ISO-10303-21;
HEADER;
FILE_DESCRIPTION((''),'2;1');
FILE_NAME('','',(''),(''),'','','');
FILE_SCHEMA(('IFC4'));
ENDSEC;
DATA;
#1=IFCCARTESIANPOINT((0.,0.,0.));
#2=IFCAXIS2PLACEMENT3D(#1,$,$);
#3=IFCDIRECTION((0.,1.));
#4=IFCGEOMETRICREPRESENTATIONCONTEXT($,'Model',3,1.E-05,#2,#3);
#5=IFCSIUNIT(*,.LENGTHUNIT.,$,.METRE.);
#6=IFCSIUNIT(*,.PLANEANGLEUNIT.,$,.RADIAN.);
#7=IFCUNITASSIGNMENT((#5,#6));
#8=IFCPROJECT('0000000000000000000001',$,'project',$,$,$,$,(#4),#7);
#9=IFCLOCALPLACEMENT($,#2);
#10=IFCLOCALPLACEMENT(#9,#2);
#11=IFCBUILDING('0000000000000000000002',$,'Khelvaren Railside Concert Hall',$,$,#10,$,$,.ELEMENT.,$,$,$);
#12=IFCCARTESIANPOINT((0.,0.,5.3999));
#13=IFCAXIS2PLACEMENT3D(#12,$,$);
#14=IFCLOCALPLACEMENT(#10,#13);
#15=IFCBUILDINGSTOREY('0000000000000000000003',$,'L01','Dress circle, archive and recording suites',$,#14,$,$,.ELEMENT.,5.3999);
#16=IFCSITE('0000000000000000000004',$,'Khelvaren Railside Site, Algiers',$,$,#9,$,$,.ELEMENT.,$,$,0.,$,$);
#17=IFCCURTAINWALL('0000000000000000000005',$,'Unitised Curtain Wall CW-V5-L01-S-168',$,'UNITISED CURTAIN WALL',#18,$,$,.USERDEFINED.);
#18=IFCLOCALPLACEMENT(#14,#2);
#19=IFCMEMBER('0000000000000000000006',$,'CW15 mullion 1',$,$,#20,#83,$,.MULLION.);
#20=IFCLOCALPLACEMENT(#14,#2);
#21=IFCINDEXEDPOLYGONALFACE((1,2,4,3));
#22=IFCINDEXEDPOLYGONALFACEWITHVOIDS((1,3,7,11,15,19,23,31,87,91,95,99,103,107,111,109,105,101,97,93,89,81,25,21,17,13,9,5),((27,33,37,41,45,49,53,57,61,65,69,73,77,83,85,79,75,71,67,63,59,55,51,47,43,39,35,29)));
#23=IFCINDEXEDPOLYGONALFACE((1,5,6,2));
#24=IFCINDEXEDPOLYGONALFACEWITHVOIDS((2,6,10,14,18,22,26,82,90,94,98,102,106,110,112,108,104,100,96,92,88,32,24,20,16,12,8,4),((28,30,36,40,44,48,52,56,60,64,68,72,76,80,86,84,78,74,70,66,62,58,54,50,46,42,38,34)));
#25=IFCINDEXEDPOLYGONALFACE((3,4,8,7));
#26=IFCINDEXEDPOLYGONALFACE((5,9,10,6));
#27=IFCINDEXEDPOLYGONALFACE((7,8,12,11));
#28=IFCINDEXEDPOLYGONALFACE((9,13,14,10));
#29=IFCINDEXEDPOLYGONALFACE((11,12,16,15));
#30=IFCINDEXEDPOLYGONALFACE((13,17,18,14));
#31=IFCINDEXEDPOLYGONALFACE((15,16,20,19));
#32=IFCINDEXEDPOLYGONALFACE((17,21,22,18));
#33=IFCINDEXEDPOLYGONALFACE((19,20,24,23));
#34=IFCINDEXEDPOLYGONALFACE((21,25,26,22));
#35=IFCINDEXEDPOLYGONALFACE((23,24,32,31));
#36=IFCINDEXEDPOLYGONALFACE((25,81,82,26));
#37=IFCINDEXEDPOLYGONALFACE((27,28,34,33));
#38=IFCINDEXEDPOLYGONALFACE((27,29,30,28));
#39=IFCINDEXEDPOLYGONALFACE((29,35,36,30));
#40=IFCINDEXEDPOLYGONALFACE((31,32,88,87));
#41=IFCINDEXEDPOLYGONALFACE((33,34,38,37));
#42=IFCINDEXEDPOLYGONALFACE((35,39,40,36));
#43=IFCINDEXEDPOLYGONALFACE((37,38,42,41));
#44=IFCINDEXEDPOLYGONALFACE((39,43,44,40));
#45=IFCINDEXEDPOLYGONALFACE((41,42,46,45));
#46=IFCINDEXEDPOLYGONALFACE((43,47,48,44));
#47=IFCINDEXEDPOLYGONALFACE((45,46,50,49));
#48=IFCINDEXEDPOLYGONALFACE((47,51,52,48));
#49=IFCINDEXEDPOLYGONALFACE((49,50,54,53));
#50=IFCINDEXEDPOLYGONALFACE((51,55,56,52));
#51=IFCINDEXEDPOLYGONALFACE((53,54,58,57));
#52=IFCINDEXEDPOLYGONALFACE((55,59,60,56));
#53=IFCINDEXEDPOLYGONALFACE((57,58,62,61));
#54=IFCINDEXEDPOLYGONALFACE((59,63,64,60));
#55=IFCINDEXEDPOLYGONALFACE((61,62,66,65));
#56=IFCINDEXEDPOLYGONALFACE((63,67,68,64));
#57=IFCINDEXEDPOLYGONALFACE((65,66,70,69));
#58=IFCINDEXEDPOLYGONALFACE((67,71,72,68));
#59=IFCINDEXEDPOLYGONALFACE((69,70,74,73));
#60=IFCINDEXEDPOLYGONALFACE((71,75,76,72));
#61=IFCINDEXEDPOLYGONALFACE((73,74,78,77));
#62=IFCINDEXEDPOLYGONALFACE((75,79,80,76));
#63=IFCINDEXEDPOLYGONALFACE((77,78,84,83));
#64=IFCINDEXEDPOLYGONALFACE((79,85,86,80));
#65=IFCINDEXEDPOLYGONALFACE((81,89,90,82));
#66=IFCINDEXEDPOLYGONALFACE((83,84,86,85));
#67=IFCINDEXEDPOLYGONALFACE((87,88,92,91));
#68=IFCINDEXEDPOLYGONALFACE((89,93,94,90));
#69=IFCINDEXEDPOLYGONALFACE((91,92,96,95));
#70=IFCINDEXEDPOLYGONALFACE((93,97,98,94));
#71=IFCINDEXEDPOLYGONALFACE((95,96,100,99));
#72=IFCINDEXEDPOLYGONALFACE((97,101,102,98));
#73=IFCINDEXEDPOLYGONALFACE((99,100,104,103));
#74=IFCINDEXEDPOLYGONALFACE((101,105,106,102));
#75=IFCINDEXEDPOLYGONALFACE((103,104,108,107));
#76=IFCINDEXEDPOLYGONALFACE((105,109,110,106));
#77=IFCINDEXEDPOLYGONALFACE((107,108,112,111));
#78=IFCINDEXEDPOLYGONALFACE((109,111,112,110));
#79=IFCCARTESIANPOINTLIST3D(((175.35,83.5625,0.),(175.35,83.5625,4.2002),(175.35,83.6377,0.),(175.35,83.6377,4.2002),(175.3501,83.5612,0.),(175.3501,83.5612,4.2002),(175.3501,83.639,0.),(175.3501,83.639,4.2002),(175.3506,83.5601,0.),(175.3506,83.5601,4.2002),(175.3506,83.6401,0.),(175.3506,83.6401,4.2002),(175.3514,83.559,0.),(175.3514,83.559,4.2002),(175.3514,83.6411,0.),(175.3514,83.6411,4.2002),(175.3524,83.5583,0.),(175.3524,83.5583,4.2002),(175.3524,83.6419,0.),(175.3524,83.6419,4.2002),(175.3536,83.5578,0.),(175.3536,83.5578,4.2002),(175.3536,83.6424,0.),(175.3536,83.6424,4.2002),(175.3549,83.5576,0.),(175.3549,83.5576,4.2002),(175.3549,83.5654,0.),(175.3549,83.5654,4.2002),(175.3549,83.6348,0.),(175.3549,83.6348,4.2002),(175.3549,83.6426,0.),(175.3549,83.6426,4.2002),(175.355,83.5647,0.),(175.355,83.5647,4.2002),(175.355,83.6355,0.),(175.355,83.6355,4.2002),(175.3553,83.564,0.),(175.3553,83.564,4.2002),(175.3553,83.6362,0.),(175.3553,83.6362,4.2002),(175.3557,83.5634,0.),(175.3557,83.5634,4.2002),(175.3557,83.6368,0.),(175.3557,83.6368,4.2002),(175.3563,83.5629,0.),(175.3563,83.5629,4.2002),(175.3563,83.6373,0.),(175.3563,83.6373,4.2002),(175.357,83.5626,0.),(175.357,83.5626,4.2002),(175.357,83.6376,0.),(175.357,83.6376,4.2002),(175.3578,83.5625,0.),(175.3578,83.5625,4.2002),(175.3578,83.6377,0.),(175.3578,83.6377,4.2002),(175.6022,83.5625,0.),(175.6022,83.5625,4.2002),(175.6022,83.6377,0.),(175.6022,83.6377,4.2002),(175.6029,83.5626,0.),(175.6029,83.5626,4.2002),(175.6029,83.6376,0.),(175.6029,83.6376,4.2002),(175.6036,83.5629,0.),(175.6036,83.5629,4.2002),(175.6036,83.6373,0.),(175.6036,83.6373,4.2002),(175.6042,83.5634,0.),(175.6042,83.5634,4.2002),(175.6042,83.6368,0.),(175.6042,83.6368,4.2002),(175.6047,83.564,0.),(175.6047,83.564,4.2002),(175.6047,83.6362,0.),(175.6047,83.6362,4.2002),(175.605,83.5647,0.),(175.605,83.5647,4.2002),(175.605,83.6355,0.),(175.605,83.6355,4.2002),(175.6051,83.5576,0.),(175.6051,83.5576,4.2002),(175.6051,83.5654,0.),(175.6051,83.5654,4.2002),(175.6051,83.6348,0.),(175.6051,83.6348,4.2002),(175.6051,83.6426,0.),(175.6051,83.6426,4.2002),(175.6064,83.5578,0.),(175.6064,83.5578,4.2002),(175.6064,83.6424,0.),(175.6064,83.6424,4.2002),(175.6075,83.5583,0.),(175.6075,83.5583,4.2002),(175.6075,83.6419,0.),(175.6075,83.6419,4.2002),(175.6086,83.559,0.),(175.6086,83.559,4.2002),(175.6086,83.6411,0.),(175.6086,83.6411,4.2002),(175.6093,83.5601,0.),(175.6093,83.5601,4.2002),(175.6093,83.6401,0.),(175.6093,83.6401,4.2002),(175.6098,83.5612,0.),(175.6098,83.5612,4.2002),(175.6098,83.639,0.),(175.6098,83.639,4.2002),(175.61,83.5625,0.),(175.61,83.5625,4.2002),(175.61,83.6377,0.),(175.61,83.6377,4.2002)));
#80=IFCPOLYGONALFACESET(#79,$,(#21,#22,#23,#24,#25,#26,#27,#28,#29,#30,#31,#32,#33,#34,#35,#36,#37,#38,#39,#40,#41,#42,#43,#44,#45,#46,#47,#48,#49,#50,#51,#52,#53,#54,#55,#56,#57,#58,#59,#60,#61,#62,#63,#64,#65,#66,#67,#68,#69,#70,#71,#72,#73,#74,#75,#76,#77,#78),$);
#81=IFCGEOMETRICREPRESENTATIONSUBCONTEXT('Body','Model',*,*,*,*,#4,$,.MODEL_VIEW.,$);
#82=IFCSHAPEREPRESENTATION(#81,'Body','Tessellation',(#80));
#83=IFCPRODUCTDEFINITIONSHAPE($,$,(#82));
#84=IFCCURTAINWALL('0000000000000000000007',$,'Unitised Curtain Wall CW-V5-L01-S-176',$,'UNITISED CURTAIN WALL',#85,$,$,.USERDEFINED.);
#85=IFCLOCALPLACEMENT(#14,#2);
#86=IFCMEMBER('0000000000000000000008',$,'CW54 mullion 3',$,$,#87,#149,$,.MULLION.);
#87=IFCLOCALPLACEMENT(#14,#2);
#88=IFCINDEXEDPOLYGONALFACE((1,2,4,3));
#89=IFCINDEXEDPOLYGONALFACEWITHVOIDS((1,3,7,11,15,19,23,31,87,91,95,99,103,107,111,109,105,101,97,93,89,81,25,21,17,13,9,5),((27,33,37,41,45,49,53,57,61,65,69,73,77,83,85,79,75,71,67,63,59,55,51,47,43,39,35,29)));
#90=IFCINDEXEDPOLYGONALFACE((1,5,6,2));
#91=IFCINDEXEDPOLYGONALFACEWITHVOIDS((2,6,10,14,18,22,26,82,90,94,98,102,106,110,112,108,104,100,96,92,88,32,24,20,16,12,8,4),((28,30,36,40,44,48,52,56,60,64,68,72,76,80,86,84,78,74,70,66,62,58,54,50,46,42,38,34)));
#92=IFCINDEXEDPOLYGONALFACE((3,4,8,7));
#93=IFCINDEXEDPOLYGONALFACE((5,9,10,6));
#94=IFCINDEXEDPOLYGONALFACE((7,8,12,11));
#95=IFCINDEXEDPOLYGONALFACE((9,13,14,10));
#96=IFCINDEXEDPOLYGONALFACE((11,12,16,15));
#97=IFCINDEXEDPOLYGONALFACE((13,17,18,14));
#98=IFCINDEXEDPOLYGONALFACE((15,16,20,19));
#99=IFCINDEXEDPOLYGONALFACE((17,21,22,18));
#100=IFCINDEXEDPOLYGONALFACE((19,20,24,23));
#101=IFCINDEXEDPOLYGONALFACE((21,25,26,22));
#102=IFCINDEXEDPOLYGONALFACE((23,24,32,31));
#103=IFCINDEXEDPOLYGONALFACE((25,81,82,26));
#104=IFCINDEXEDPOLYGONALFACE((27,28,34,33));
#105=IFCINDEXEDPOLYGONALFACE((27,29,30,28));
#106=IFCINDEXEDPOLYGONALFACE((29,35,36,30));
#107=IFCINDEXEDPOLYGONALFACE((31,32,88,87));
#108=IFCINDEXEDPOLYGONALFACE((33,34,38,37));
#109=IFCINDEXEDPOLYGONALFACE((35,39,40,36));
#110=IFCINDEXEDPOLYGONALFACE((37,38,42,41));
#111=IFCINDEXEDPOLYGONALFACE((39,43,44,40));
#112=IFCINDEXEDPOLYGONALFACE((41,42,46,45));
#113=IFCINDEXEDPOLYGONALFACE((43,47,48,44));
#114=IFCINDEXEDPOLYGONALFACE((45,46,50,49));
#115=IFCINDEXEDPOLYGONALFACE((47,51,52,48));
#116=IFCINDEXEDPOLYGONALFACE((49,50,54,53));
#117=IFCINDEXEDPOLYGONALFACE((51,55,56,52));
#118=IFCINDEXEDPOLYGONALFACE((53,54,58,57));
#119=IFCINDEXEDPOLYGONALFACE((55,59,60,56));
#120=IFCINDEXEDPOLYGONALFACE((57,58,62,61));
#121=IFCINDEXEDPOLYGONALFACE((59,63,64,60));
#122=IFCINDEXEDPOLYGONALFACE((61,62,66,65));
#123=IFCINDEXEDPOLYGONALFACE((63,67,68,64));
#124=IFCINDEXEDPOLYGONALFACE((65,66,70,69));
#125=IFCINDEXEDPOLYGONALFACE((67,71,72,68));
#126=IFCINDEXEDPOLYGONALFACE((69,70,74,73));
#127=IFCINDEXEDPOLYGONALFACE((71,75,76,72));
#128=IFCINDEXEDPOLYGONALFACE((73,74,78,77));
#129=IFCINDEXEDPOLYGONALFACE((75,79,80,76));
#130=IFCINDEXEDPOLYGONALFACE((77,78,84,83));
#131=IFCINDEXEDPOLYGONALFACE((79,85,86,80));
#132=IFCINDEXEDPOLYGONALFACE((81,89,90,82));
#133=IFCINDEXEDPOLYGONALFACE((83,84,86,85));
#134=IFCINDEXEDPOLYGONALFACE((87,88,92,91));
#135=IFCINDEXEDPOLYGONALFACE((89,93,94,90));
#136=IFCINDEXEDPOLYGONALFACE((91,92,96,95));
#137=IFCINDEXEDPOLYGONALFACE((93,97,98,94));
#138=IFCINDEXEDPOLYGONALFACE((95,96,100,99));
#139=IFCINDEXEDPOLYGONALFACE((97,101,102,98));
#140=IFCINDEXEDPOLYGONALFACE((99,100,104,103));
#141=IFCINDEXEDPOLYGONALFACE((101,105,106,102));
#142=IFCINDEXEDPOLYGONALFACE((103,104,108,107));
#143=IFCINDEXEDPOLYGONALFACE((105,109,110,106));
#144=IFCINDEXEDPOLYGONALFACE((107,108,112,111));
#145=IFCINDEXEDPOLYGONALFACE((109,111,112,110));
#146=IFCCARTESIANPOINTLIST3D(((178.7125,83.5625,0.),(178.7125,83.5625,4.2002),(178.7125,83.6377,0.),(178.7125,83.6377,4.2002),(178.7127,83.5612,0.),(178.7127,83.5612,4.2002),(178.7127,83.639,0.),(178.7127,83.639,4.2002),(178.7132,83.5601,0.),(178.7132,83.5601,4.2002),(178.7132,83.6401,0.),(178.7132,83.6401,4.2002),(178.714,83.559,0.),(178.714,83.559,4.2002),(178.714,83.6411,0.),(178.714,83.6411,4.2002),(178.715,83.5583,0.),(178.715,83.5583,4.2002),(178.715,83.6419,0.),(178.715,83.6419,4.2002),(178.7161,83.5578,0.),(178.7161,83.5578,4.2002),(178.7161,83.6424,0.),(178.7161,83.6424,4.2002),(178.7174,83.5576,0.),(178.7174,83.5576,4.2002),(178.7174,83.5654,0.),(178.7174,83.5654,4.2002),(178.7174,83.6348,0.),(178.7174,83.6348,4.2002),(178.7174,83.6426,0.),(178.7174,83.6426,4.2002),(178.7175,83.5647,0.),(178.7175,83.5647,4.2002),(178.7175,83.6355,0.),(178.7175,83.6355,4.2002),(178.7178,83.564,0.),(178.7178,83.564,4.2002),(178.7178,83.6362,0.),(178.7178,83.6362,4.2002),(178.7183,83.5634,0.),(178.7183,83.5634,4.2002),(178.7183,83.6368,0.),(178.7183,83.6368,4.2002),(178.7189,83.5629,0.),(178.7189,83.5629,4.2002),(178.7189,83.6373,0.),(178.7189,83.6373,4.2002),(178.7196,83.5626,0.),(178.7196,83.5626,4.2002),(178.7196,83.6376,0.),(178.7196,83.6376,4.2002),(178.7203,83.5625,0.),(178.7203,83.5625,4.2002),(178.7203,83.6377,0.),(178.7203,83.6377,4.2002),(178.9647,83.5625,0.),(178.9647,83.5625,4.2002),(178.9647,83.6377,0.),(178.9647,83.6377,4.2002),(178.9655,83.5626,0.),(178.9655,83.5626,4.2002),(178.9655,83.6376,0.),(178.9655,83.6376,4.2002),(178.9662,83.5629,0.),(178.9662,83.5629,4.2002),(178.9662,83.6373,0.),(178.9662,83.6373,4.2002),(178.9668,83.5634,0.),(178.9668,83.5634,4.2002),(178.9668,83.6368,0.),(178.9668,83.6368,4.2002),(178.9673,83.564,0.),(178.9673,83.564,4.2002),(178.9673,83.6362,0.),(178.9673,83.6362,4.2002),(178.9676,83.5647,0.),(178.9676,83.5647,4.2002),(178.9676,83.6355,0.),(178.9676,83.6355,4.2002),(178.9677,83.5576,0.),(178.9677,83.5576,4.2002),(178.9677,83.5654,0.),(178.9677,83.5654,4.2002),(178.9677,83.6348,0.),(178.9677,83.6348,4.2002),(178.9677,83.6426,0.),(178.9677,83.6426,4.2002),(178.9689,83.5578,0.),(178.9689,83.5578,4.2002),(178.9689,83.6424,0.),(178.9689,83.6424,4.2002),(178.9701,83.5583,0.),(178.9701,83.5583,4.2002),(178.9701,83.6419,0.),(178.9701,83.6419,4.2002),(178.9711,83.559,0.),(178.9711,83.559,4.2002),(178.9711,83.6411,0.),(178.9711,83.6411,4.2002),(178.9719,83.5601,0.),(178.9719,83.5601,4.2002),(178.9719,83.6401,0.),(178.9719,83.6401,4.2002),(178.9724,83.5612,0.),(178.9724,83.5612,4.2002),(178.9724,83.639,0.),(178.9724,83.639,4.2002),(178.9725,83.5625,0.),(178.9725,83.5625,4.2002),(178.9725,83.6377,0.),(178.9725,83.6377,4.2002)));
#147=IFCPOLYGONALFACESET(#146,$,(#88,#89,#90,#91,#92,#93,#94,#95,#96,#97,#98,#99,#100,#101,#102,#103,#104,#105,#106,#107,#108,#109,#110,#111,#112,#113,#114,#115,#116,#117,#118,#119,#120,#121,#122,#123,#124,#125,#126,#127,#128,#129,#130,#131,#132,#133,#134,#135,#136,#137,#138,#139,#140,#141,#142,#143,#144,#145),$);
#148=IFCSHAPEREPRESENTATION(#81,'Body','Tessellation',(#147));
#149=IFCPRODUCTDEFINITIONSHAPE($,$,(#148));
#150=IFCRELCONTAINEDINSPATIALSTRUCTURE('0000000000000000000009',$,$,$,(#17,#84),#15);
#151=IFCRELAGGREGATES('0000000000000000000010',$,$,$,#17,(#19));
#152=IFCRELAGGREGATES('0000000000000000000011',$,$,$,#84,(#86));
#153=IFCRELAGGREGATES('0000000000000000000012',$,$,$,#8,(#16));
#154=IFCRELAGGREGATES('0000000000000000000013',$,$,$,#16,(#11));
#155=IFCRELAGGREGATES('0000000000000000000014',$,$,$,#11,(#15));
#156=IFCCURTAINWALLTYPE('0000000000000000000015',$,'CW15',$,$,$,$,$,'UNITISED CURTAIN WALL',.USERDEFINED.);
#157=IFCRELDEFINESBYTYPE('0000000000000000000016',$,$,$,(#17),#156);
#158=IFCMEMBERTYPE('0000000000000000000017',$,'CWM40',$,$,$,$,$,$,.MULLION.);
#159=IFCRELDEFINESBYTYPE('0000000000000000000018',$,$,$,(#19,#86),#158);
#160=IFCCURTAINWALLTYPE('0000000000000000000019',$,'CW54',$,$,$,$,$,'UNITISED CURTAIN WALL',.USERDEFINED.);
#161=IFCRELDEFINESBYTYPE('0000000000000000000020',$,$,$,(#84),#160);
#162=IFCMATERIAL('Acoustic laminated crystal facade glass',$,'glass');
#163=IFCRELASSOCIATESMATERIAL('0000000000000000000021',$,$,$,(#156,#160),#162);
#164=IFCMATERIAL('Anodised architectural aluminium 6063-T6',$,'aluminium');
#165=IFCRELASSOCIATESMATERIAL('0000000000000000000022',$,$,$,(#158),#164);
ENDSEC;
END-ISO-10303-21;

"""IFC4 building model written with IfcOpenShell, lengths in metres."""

from ifc_helpers import new_model, si_unit, direction, frame, origin, origin_2d, place, context, subcontext, project, spatial, hollow_rectangle, extrude, material, material_profile, profile_set, type_object, element, aggregate, save


model = new_model("IFC4")

# Units and contexts
model_context = context("Model", 3, precision=1e-05, world=origin(), true_north=direction((0.0, 1.0)))
body_context = subcontext(model_context, "Body", "Model", "MODEL_VIEW")
ifc_project = project(units=[si_unit("LENGTHUNIT", "METRE"), si_unit("PLANEANGLEUNIT", "RADIAN")], contexts=[model_context])

# Site, building, storey
site_placement = place(None, origin())
site = spatial("IfcSite", under=ifc_project, at=site_placement, Name="Khelvaren Railside Site, Algiers", CompositionType="ELEMENT", RefElevation=0.0)
building_placement = place(site_placement, origin())
building = spatial("IfcBuilding", under=site, at=building_placement, Name="Khelvaren Railside Concert Hall", CompositionType="ELEMENT")
storey_placement = place(building_placement, frame((0.0, 0.0, 5.3999)))
storey = spatial("IfcBuildingStorey", under=building, at=storey_placement, Name="L01", Description="Dress circle, archive and recording suites", CompositionType="ELEMENT", Elevation=5.3999)

# Curtain wall, member
ifc_material_1 = material(Name="Acoustic laminated crystal facade glass", Category="glass")
curtain_wall_type_1 = type_object("IfcCurtainWallType", Name="CW15", ElementType="UNITISED CURTAIN WALL", PredefinedType="USERDEFINED", material=ifc_material_1)
curtain_wall_1_placement = place(storey_placement, origin())
curtain_wall_1 = element("IfcCurtainWall", 1, at=curtain_wall_1_placement, inside=storey, type_object=curtain_wall_type_1, Name="Unitised Curtain Wall CW-V5-L01-S-168", ObjectType="UNITISED CURTAIN WALL", PredefinedType="USERDEFINED")
ifc_material_2 = material(Name="Anodised architectural aluminium 6063-T6", Category="aluminium")
ifc_material_profile_1 = material_profile(ifc_material_2, hollow_rectangle(XDim=0.085, YDim=0.26, WallThickness=0.0049, InnerFilletRadius=0.0029, OuterFilletRadius=0.0049, at=origin_2d()), Name="CWM 85x260x5")
ifc_profile_set_1 = profile_set([ifc_material_profile_1], Name="Anodised architectural aluminium 6063-T6")
member_type_1 = type_object("IfcMemberType", Name="CWM40", PredefinedType="MULLION", material=ifc_profile_set_1)
member_1_placement = place(storey_placement, frame((175.48, 83.6001, 0.0), z_axis=(0.0, 0.0, 1.0), x_axis=(0.0, -1.0, 0.0)))
member_1 = element("IfcMember", 2, at=member_1_placement, type_object=member_type_1, Name="CW15 mullion 1", PredefinedType="MULLION", context=body_context, shape_type="SweptSolid", body=[
    extrude(hollow_rectangle(XDim=0.085, YDim=0.26, WallThickness=0.0049, InnerFilletRadius=0.0029, OuterFilletRadius=0.0049, at=origin_2d()), origin(), (0.0, 0.0, 1.0), 4.2002),
])

# Curtain wall, member
curtain_wall_type_2 = type_object("IfcCurtainWallType", Name="CW54", ElementType="UNITISED CURTAIN WALL", PredefinedType="USERDEFINED", material=ifc_material_1)
curtain_wall_2_placement = place(storey_placement, origin())
curtain_wall_2 = element("IfcCurtainWall", 3, at=curtain_wall_2_placement, inside=storey, type_object=curtain_wall_type_2, Name="Unitised Curtain Wall CW-V5-L01-S-176", ObjectType="UNITISED CURTAIN WALL", PredefinedType="USERDEFINED")
member_2_placement = place(storey_placement, frame((178.8425, 83.6001, 0.0), z_axis=(0.0, 0.0, 1.0), x_axis=(0.0, -1.0, 0.0)))
member_2 = element("IfcMember", 4, at=member_2_placement, type_object=member_type_1, Name="CW54 mullion 3", PredefinedType="MULLION", context=body_context, shape_type="SweptSolid", body=[
    extrude(hollow_rectangle(XDim=0.085, YDim=0.26, WallThickness=0.0049, InnerFilletRadius=0.0029, OuterFilletRadius=0.0049, at=origin_2d()), origin(), (0.0, 0.0, 1.0), 4.2002),
])

aggregate(curtain_wall_1, [member_1])

aggregate(curtain_wall_2, [member_2])

save(model, "model.ifc")
